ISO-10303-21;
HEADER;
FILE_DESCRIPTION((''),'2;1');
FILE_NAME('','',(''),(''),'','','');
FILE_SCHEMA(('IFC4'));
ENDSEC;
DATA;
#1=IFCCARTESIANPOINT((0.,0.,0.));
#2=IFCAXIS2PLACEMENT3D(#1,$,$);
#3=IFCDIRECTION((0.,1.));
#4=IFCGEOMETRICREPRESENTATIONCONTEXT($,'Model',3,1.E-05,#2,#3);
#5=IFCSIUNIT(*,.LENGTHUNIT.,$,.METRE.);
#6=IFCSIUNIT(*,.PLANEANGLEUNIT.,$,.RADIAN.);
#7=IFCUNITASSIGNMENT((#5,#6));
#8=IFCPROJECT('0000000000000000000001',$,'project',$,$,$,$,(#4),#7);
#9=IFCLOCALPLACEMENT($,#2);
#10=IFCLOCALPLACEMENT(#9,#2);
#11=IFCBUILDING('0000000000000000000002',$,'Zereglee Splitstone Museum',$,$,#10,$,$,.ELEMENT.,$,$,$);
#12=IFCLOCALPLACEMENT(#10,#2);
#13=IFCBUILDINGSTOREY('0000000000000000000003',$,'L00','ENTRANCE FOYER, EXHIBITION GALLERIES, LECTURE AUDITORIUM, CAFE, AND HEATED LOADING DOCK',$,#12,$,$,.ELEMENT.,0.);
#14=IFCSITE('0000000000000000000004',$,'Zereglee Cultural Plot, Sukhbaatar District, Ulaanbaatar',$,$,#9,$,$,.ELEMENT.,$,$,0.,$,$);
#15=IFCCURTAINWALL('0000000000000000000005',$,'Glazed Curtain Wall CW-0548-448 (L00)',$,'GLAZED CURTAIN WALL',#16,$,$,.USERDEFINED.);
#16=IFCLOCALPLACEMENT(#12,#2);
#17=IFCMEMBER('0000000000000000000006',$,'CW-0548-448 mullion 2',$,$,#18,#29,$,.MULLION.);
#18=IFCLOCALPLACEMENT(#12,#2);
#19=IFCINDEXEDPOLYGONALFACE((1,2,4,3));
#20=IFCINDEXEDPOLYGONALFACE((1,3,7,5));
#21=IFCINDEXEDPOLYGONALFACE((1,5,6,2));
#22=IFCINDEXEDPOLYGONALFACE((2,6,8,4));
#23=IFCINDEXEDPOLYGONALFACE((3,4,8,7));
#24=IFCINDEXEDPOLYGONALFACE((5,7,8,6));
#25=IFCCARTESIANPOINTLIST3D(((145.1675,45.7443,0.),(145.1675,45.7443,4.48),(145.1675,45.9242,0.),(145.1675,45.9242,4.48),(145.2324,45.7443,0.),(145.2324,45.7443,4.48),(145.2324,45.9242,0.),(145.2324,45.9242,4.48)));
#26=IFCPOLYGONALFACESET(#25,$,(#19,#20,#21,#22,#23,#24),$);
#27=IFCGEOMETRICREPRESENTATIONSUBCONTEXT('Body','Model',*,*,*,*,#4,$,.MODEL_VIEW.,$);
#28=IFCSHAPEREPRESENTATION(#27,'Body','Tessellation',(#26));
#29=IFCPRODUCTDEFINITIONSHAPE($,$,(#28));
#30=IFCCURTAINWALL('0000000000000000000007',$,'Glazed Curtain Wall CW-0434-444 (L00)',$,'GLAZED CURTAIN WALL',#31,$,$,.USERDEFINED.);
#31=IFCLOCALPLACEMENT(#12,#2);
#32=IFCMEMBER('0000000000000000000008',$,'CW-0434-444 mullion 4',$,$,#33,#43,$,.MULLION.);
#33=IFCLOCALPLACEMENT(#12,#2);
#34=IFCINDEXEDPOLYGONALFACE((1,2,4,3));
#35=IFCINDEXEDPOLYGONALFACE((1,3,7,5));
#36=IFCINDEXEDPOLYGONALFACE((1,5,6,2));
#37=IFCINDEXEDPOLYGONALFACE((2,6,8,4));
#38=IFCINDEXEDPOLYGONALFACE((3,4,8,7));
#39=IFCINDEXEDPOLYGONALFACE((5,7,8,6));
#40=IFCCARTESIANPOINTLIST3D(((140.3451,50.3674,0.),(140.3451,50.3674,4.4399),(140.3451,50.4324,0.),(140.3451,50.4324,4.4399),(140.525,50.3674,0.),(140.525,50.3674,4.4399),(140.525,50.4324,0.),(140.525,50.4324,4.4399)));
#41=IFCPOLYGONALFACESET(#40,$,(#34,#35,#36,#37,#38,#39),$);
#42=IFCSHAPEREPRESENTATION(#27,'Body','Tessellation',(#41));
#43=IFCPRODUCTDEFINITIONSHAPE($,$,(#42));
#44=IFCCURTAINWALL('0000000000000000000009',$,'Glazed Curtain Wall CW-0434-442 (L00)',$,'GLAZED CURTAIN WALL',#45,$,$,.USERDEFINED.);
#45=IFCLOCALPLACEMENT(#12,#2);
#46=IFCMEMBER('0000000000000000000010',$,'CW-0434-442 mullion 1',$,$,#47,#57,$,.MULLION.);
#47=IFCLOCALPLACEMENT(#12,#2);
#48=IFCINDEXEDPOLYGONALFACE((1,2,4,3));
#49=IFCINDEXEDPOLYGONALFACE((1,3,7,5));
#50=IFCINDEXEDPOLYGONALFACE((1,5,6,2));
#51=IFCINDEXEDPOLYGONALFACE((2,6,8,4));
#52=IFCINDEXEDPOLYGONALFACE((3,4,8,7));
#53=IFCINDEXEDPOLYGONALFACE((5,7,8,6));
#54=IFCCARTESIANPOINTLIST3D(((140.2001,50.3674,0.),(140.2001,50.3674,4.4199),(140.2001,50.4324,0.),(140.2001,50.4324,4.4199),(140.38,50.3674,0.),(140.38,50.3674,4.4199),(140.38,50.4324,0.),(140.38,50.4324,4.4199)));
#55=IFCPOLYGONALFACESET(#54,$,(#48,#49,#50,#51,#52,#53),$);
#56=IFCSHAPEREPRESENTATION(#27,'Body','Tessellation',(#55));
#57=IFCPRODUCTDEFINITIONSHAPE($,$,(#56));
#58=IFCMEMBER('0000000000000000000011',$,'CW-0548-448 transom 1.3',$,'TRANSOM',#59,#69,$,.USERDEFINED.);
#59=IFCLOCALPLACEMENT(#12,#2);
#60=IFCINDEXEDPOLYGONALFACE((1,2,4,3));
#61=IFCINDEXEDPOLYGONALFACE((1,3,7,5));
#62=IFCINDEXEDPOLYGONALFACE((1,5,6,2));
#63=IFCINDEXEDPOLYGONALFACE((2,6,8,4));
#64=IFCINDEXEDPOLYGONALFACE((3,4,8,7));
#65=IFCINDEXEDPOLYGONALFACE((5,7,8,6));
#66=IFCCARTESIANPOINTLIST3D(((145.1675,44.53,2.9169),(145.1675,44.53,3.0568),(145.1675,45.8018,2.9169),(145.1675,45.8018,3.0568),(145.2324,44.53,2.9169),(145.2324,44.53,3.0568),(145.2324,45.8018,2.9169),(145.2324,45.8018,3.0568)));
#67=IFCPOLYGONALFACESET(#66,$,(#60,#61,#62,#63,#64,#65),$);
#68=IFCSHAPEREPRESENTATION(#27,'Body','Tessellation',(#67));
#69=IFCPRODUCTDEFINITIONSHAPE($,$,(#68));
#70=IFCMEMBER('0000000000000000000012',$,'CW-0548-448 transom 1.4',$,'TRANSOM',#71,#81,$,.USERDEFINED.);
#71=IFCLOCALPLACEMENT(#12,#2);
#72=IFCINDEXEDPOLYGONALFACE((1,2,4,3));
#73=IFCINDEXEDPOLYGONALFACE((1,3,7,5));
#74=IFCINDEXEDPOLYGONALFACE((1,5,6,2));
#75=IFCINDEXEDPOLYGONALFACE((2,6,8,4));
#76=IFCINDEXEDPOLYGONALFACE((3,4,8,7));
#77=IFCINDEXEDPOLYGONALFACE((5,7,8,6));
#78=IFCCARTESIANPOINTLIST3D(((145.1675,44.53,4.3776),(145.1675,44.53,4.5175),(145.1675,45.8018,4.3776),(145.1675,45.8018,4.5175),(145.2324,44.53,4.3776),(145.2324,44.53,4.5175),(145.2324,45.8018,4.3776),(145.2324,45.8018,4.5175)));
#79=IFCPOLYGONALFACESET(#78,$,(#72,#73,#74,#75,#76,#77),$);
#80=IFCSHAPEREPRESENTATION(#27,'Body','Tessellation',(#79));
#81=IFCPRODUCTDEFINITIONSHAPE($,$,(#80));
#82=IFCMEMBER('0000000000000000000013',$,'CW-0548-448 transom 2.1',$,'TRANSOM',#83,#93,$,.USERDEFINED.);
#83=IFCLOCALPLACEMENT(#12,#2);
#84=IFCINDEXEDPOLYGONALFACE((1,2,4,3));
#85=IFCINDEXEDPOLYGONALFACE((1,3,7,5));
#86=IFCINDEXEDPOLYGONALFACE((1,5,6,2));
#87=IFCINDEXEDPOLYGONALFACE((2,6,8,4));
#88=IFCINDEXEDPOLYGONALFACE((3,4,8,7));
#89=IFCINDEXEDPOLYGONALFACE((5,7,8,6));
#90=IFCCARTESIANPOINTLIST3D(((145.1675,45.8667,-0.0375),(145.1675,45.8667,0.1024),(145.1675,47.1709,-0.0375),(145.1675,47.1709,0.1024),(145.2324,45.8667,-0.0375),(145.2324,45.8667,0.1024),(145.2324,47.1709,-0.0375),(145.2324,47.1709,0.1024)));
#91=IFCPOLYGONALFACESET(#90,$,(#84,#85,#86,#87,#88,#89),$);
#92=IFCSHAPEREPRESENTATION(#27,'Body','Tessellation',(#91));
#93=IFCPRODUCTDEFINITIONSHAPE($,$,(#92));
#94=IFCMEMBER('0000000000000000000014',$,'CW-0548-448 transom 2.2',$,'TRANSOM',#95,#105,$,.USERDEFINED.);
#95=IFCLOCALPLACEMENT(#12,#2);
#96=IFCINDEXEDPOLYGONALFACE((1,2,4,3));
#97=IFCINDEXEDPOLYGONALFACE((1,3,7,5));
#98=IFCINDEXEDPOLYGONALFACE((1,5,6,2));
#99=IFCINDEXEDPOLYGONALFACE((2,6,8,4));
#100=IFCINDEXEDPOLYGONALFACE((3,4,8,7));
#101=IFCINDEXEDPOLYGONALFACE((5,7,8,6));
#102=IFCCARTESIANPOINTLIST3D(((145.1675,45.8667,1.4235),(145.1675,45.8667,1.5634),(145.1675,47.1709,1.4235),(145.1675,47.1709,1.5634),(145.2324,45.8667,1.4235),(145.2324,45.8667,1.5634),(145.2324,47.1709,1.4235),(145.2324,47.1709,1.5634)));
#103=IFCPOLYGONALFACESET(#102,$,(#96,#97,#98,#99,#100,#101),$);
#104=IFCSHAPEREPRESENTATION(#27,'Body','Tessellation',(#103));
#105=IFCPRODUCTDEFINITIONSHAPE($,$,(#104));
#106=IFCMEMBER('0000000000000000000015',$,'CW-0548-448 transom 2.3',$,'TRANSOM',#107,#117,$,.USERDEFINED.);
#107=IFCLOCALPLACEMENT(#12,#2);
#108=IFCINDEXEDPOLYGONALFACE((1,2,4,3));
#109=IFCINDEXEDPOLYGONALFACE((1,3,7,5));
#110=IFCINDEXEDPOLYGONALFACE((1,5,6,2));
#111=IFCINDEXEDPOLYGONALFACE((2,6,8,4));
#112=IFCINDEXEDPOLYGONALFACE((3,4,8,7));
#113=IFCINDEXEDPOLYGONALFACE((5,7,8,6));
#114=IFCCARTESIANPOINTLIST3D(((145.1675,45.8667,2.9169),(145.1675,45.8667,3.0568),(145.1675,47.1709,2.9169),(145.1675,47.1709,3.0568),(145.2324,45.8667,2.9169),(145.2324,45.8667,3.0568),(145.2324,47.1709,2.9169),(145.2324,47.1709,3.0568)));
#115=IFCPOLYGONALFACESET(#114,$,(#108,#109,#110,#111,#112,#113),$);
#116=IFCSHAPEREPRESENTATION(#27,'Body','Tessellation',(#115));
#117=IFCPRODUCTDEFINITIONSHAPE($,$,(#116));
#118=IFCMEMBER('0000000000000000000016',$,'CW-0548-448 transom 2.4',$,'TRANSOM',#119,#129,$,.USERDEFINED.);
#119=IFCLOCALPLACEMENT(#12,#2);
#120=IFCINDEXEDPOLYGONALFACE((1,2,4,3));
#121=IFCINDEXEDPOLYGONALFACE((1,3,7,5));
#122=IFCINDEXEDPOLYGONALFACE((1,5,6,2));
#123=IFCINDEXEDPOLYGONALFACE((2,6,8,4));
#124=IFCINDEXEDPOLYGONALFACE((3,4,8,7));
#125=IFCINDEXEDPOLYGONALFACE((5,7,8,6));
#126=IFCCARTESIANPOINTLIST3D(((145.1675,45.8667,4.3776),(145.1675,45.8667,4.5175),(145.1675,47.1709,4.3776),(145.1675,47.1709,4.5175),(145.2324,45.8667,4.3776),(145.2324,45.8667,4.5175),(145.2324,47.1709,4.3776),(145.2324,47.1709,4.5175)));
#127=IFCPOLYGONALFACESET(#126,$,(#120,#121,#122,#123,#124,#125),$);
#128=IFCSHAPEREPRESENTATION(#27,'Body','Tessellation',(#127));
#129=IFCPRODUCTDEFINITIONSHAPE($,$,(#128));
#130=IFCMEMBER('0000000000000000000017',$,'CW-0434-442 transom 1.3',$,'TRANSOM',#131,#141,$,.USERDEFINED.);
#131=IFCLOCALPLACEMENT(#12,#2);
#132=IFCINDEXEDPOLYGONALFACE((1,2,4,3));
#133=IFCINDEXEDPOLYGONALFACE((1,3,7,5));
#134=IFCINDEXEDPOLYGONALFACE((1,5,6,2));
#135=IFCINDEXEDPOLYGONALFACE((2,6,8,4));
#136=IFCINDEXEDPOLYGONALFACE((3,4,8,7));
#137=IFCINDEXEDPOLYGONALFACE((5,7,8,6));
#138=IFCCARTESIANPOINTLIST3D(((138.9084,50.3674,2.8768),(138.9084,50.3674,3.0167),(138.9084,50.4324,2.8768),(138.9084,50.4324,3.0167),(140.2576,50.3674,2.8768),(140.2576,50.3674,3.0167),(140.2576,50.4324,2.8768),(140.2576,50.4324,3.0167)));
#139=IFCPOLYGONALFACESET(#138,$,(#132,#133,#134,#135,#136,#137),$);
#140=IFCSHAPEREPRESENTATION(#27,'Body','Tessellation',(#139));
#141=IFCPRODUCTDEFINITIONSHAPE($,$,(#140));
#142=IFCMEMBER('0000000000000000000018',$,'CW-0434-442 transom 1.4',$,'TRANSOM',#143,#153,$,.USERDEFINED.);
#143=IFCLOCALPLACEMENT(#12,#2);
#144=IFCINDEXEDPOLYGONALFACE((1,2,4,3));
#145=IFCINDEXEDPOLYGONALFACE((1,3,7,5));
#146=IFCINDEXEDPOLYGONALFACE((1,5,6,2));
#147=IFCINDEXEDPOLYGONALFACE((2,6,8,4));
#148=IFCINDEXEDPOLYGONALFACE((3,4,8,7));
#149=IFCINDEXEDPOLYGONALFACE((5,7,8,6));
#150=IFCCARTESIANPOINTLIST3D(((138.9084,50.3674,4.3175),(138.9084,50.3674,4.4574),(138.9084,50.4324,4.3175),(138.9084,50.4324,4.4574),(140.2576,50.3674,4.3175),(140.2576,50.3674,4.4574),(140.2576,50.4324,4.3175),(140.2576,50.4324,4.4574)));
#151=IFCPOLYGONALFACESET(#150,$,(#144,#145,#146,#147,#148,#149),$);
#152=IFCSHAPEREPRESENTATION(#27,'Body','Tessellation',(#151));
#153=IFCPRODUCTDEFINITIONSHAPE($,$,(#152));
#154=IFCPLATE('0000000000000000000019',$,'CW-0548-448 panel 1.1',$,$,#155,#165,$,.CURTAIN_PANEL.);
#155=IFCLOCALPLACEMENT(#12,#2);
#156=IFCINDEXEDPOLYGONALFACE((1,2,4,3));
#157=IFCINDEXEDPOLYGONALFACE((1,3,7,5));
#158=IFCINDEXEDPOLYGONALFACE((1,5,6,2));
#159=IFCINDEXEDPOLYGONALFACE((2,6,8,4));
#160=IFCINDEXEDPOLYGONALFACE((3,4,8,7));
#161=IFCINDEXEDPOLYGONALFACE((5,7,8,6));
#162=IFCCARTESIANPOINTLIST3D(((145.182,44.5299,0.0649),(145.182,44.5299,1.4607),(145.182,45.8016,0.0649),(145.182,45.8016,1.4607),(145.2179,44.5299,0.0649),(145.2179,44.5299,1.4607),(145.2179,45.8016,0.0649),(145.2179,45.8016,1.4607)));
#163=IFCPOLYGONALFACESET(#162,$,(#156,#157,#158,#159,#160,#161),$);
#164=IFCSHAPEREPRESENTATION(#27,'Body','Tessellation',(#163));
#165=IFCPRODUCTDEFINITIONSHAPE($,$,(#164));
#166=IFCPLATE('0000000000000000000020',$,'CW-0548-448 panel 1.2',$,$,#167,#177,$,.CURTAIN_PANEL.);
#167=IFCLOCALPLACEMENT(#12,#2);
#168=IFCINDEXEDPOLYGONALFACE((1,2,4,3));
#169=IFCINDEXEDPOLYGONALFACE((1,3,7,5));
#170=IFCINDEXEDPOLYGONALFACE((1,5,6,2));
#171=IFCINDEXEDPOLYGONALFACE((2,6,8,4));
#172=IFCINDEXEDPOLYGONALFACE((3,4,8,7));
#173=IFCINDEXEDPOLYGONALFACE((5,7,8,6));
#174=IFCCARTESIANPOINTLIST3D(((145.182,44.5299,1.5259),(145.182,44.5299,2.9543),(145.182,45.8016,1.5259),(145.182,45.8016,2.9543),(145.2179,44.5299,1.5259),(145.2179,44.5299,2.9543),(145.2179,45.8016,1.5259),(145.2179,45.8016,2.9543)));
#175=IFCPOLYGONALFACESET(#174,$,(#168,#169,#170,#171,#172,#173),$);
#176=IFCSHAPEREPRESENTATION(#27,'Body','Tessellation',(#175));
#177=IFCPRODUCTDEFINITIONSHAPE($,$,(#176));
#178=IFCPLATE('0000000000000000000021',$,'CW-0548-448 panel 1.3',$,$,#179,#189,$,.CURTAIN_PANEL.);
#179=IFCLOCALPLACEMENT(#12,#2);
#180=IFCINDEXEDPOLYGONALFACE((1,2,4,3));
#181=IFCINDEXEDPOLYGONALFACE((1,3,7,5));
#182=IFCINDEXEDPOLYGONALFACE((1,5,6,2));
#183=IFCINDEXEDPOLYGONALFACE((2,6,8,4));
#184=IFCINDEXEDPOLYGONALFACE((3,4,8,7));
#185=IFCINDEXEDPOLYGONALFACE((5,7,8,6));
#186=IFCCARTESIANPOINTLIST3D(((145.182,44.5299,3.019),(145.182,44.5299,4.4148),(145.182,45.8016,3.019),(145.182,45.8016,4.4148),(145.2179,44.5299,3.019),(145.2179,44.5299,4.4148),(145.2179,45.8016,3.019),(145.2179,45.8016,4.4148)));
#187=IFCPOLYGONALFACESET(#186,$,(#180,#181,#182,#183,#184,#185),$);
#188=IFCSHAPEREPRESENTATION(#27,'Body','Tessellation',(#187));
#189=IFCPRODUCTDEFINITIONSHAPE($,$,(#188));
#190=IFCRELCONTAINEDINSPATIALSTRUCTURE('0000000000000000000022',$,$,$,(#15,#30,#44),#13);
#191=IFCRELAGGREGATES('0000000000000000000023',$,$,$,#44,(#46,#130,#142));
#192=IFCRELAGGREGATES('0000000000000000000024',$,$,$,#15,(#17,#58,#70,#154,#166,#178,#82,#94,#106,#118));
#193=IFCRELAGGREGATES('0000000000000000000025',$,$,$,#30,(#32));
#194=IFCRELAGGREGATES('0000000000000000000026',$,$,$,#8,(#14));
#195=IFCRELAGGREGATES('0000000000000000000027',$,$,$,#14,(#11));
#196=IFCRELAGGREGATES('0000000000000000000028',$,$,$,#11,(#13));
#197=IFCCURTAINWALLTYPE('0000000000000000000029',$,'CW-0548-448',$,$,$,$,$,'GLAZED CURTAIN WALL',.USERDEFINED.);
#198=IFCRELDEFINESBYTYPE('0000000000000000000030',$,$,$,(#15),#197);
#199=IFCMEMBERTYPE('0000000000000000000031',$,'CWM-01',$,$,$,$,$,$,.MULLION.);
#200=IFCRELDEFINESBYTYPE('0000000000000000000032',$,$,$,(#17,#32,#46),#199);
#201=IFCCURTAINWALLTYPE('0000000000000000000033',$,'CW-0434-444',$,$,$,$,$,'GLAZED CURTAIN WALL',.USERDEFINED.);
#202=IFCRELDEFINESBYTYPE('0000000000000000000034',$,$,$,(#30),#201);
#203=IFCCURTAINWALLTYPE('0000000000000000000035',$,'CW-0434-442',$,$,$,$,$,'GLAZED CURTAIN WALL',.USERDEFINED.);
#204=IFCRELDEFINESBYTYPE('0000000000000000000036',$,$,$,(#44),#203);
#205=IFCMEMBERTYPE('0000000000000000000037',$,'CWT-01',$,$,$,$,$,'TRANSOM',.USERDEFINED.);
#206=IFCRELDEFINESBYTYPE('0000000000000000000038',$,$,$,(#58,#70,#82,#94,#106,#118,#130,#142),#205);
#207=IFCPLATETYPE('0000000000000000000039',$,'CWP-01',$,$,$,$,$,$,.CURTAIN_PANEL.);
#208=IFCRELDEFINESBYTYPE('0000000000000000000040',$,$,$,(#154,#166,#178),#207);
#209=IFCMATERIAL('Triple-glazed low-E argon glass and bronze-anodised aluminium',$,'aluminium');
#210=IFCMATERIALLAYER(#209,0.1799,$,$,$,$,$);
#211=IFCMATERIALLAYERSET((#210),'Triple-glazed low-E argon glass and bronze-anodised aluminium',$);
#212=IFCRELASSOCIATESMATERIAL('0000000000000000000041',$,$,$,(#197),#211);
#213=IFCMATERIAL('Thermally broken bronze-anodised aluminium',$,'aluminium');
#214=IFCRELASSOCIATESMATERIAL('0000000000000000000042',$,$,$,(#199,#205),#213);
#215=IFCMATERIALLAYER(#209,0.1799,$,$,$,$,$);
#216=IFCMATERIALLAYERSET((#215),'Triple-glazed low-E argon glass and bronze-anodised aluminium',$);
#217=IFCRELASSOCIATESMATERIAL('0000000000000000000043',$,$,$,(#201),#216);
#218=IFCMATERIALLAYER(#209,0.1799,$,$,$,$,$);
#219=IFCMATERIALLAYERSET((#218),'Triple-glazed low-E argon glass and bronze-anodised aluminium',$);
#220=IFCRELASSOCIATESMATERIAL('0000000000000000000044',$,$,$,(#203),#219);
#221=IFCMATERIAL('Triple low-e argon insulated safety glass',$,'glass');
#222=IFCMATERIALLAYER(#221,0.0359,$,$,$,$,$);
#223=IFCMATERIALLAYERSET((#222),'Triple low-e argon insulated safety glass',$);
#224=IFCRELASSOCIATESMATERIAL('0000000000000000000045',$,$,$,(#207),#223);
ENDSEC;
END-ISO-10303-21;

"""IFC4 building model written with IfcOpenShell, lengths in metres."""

from ifc_helpers import new_model, si_unit, direction, frame, origin, origin_2d, place, context, subcontext, project, spatial, rectangle, extrude, material, layer, layer_set, material_profile, profile_set, type_object, element, aggregate, save


model = new_model("IFC4")

# Units and contexts
model_context = context("Model", 3, precision=1e-05, world=origin(), true_north=direction((0.0, 1.0)))
body_context = subcontext(model_context, "Body", "Model", "MODEL_VIEW")
ifc_project = project(units=[si_unit("LENGTHUNIT", "METRE"), si_unit("PLANEANGLEUNIT", "RADIAN")], contexts=[model_context])

# Site, building, storey
site_placement = place(None, origin())
site = spatial("IfcSite", under=ifc_project, at=site_placement, Name="Zereglee Cultural Plot, Sukhbaatar District, Ulaanbaatar", CompositionType="ELEMENT", RefElevation=0.0)
building_placement = place(site_placement, origin())
building = spatial("IfcBuilding", under=site, at=building_placement, Name="Zereglee Splitstone Museum", CompositionType="ELEMENT")
storey_placement = place(building_placement, origin())
storey = spatial("IfcBuildingStorey", under=building, at=storey_placement, Name="L00", Description="ENTRANCE FOYER, EXHIBITION GALLERIES, LECTURE AUDITORIUM, CAFE, AND HEATED LOADING DOCK", CompositionType="ELEMENT", Elevation=0.0)

# Curtain walls, members
ifc_material_1 = material(Name="Triple-glazed low-E argon glass and bronze-anodised aluminium", Category="aluminium")
ifc_layer_1 = layer(ifc_material_1, 0.1799)
ifc_layer_set_1 = layer_set([ifc_layer_1], Name="Triple-glazed low-E argon glass and bronze-anodised aluminium")
curtain_wall_type_1 = type_object("IfcCurtainWallType", Name="CW-0548-448", ElementType="GLAZED CURTAIN WALL", PredefinedType="USERDEFINED", material=ifc_layer_set_1)
curtain_wall_1_placement = place(storey_placement, origin())
curtain_wall_1 = element("IfcCurtainWall", 1, at=curtain_wall_1_placement, inside=storey, type_object=curtain_wall_type_1, Name="Glazed Curtain Wall CW-0548-448 (L00)", ObjectType="GLAZED CURTAIN WALL", PredefinedType="USERDEFINED")
ifc_material_2 = material(Name="Thermally broken bronze-anodised aluminium", Category="aluminium")
ifc_material_profile_1 = material_profile(ifc_material_2, rectangle(XDim=0.0649, YDim=0.1799, at=origin_2d()), Name="CW MULL 65x180")
ifc_profile_set_1 = profile_set([ifc_material_profile_1], Name="Thermally broken bronze-anodised aluminium")
member_type_1 = type_object("IfcMemberType", Name="CWM-01", PredefinedType="MULLION", material=ifc_profile_set_1)
member_1_placement = place(storey_placement, frame((145.2, 45.8342, 0.0), z_axis=(0.0, 0.0, 1.0), x_axis=(-1.0, 0.0, 0.0)))
member_1 = element("IfcMember", 2, at=member_1_placement, type_object=member_type_1, Name="CW-0548-448 mullion 2", PredefinedType="MULLION", context=body_context, shape_type="SweptSolid", body=[
    extrude(rectangle(XDim=0.0649, YDim=0.1799, at=origin_2d()), origin(), (0.0, 0.0, 1.0), 4.48),
])
ifc_layer_2 = layer(ifc_material_1, 0.1799)
ifc_layer_set_2 = layer_set([ifc_layer_2], Name="Triple-glazed low-E argon glass and bronze-anodised aluminium")
curtain_wall_type_2 = type_object("IfcCurtainWallType", Name="CW-0434-444", ElementType="GLAZED CURTAIN WALL", PredefinedType="USERDEFINED", material=ifc_layer_set_2)
curtain_wall_2_placement = place(storey_placement, origin())
curtain_wall_2 = element("IfcCurtainWall", 3, at=curtain_wall_2_placement, inside=storey, type_object=curtain_wall_type_2, Name="Glazed Curtain Wall CW-0434-444 (L00)", ObjectType="GLAZED CURTAIN WALL", PredefinedType="USERDEFINED")
member_2_placement = place(storey_placement, frame((140.4351, 50.3999, 0.0), z_axis=(0.0, 0.0, 1.0), x_axis=(0.0, -1.0, 0.0)))
member_2 = element("IfcMember", 4, at=member_2_placement, type_object=member_type_1, Name="CW-0434-444 mullion 4", PredefinedType="MULLION", context=body_context, shape_type="SweptSolid", body=[
    extrude(rectangle(XDim=0.0649, YDim=0.1799, at=origin_2d()), origin(), (0.0, 0.0, 1.0), 4.4399),
])
ifc_layer_3 = layer(ifc_material_1, 0.1799)
ifc_layer_set_3 = layer_set([ifc_layer_3], Name="Triple-glazed low-E argon glass and bronze-anodised aluminium")
curtain_wall_type_3 = type_object("IfcCurtainWallType", Name="CW-0434-442", ElementType="GLAZED CURTAIN WALL", PredefinedType="USERDEFINED", material=ifc_layer_set_3)
curtain_wall_3_placement = place(storey_placement, origin())
curtain_wall_3 = element("IfcCurtainWall", 5, at=curtain_wall_3_placement, inside=storey, type_object=curtain_wall_type_3, Name="Glazed Curtain Wall CW-0434-442 (L00)", ObjectType="GLAZED CURTAIN WALL", PredefinedType="USERDEFINED")
member_3_placement = place(storey_placement, frame((140.29, 50.3999, 0.0), z_axis=(0.0, 0.0, 1.0), x_axis=(0.0, -1.0, 0.0)))
member_3 = element("IfcMember", 6, at=member_3_placement, type_object=member_type_1, Name="CW-0434-442 mullion 1", PredefinedType="MULLION", context=body_context, shape_type="SweptSolid", body=[
    extrude(rectangle(XDim=0.0649, YDim=0.1799, at=origin_2d()), origin(), (0.0, 0.0, 1.0), 4.4199),
])

# Members
ifc_material_profile_2 = material_profile(ifc_material_2, rectangle(XDim=0.0649, YDim=0.1399, at=origin_2d()), Name="CW TRAN 65x140")
ifc_profile_set_2 = profile_set([ifc_material_profile_2], Name="Thermally broken bronze-anodised aluminium")
member_type_2 = type_object("IfcMemberType", Name="CWT-01", ElementType="TRANSOM", PredefinedType="USERDEFINED", material=ifc_profile_set_2)
member_4_placement = place(storey_placement, frame((145.2, 44.53, 2.9868), z_axis=(0.0, 1.0, 0.0), x_axis=(-1.0, 0.0, 0.0)))
member_4 = element("IfcMember", 7, at=member_4_placement, type_object=member_type_2, Name="CW-0548-448 transom 1.3", ObjectType="TRANSOM", PredefinedType="USERDEFINED", context=body_context, shape_type="SweptSolid", body=[
    extrude(rectangle(XDim=0.0649, YDim=0.1399, at=origin_2d()), origin(), (0.0, 0.0, 1.0), 1.2717),
])
member_5_placement = place(storey_placement, frame((145.2, 44.53, 4.4475), z_axis=(0.0, 1.0, 0.0), x_axis=(-1.0, 0.0, 0.0)))
member_5 = element("IfcMember", 8, at=member_5_placement, type_object=member_type_2, Name="CW-0548-448 transom 1.4", ObjectType="TRANSOM", PredefinedType="USERDEFINED", context=body_context, shape_type="SweptSolid", body=[
    extrude(rectangle(XDim=0.0649, YDim=0.1399, at=origin_2d()), origin(), (0.0, 0.0, 1.0), 1.2717),
])
member_6_placement = place(storey_placement, frame((145.2, 45.8667, 0.0325), z_axis=(0.0, 1.0, 0.0), x_axis=(-1.0, 0.0, 0.0)))
member_6 = element("IfcMember", 9, at=member_6_placement, type_object=member_type_2, Name="CW-0548-448 transom 2.1", ObjectType="TRANSOM", PredefinedType="USERDEFINED", context=body_context, shape_type="SweptSolid", body=[
    extrude(rectangle(XDim=0.0649, YDim=0.1399, at=origin_2d()), origin(), (0.0, 0.0, 1.0), 1.3042),
])
member_7_placement = place(storey_placement, frame((145.2, 45.8667, 1.4934), z_axis=(0.0, 1.0, 0.0), x_axis=(-1.0, 0.0, 0.0)))
member_7 = element("IfcMember", 10, at=member_7_placement, type_object=member_type_2, Name="CW-0548-448 transom 2.2", ObjectType="TRANSOM", PredefinedType="USERDEFINED", context=body_context, shape_type="SweptSolid", body=[
    extrude(rectangle(XDim=0.0649, YDim=0.1399, at=origin_2d()), origin(), (0.0, 0.0, 1.0), 1.3042),
])
member_8_placement = place(storey_placement, frame((145.2, 45.8667, 2.9868), z_axis=(0.0, 1.0, 0.0), x_axis=(-1.0, 0.0, 0.0)))
member_8 = element("IfcMember", 11, at=member_8_placement, type_object=member_type_2, Name="CW-0548-448 transom 2.3", ObjectType="TRANSOM", PredefinedType="USERDEFINED", context=body_context, shape_type="SweptSolid", body=[
    extrude(rectangle(XDim=0.0649, YDim=0.1399, at=origin_2d()), origin(), (0.0, 0.0, 1.0), 1.3042),
])
member_9_placement = place(storey_placement, frame((145.2, 45.8667, 4.4475), z_axis=(0.0, 1.0, 0.0), x_axis=(-1.0, 0.0, 0.0)))
member_9 = element("IfcMember", 12, at=member_9_placement, type_object=member_type_2, Name="CW-0548-448 transom 2.4", ObjectType="TRANSOM", PredefinedType="USERDEFINED", context=body_context, shape_type="SweptSolid", body=[
    extrude(rectangle(XDim=0.0649, YDim=0.1399, at=origin_2d()), origin(), (0.0, 0.0, 1.0), 1.3042),
])
member_10_placement = place(storey_placement, frame((140.2576, 50.3999, 2.9468), z_axis=(-1.0, 0.0, 0.0), x_axis=(0.0, -1.0, 0.0)))
member_10 = element("IfcMember", 13, at=member_10_placement, type_object=member_type_2, Name="CW-0434-442 transom 1.3", ObjectType="TRANSOM", PredefinedType="USERDEFINED", context=body_context, shape_type="SweptSolid", body=[
    extrude(rectangle(XDim=0.0649, YDim=0.1399, at=origin_2d()), origin(), (0.0, 0.0, 1.0), 1.3491),
])
member_11_placement = place(storey_placement, frame((140.2576, 50.3999, 4.3875), z_axis=(-1.0, 0.0, 0.0), x_axis=(0.0, -1.0, 0.0)))
member_11 = element("IfcMember", 14, at=member_11_placement, type_object=member_type_2, Name="CW-0434-442 transom 1.4", ObjectType="TRANSOM", PredefinedType="USERDEFINED", context=body_context, shape_type="SweptSolid", body=[
    extrude(rectangle(XDim=0.0649, YDim=0.1399, at=origin_2d()), origin(), (0.0, 0.0, 1.0), 1.3491),
])
aggregate(curtain_wall_3, [member_3, member_10, member_11])

# Plates
ifc_material_3 = material(Name="Triple low-e argon insulated safety glass", Category="glass")
ifc_layer_4 = layer(ifc_material_3, 0.0359)
ifc_layer_set_4 = layer_set([ifc_layer_4], Name="Triple low-e argon insulated safety glass")
plate_type = type_object("IfcPlateType", Name="CWP-01", PredefinedType="CURTAIN_PANEL", material=ifc_layer_set_4)
plate_1_placement = place(storey_placement, frame((145.2, 45.1658, 0.0649), z_axis=(0.0, 0.0, 1.0), x_axis=(0.0, 1.0, 0.0)))
plate_1 = element("IfcPlate", 15, at=plate_1_placement, type_object=plate_type, Name="CW-0548-448 panel 1.1", PredefinedType="CURTAIN_PANEL", context=body_context, shape_type="SweptSolid", body=[
    extrude(rectangle(XDim=1.2717, YDim=0.0359, at=origin_2d()), origin(), (0.0, 0.0, 1.0), 1.3958),
])
plate_2_placement = place(storey_placement, frame((145.2, 45.1658, 1.5259), z_axis=(0.0, 0.0, 1.0), x_axis=(0.0, 1.0, 0.0)))
plate_2 = element("IfcPlate", 16, at=plate_2_placement, type_object=plate_type, Name="CW-0548-448 panel 1.2", PredefinedType="CURTAIN_PANEL", context=body_context, shape_type="SweptSolid", body=[
    extrude(rectangle(XDim=1.2717, YDim=0.0359, at=origin_2d()), origin(), (0.0, 0.0, 1.0), 1.4285),
])
plate_3_placement = place(storey_placement, frame((145.2, 45.1658, 3.019), z_axis=(0.0, 0.0, 1.0), x_axis=(0.0, 1.0, 0.0)))
plate_3 = element("IfcPlate", 17, at=plate_3_placement, type_object=plate_type, Name="CW-0548-448 panel 1.3", PredefinedType="CURTAIN_PANEL", context=body_context, shape_type="SweptSolid", body=[
    extrude(rectangle(XDim=1.2717, YDim=0.0359, at=origin_2d()), origin(), (0.0, 0.0, 1.0), 1.3958),
])
aggregate(curtain_wall_1, [member_1, member_4, member_5, plate_1, plate_2, plate_3, member_6, member_7, member_8, member_9])
aggregate(curtain_wall_2, [member_2])

save(model, "model.ifc")
